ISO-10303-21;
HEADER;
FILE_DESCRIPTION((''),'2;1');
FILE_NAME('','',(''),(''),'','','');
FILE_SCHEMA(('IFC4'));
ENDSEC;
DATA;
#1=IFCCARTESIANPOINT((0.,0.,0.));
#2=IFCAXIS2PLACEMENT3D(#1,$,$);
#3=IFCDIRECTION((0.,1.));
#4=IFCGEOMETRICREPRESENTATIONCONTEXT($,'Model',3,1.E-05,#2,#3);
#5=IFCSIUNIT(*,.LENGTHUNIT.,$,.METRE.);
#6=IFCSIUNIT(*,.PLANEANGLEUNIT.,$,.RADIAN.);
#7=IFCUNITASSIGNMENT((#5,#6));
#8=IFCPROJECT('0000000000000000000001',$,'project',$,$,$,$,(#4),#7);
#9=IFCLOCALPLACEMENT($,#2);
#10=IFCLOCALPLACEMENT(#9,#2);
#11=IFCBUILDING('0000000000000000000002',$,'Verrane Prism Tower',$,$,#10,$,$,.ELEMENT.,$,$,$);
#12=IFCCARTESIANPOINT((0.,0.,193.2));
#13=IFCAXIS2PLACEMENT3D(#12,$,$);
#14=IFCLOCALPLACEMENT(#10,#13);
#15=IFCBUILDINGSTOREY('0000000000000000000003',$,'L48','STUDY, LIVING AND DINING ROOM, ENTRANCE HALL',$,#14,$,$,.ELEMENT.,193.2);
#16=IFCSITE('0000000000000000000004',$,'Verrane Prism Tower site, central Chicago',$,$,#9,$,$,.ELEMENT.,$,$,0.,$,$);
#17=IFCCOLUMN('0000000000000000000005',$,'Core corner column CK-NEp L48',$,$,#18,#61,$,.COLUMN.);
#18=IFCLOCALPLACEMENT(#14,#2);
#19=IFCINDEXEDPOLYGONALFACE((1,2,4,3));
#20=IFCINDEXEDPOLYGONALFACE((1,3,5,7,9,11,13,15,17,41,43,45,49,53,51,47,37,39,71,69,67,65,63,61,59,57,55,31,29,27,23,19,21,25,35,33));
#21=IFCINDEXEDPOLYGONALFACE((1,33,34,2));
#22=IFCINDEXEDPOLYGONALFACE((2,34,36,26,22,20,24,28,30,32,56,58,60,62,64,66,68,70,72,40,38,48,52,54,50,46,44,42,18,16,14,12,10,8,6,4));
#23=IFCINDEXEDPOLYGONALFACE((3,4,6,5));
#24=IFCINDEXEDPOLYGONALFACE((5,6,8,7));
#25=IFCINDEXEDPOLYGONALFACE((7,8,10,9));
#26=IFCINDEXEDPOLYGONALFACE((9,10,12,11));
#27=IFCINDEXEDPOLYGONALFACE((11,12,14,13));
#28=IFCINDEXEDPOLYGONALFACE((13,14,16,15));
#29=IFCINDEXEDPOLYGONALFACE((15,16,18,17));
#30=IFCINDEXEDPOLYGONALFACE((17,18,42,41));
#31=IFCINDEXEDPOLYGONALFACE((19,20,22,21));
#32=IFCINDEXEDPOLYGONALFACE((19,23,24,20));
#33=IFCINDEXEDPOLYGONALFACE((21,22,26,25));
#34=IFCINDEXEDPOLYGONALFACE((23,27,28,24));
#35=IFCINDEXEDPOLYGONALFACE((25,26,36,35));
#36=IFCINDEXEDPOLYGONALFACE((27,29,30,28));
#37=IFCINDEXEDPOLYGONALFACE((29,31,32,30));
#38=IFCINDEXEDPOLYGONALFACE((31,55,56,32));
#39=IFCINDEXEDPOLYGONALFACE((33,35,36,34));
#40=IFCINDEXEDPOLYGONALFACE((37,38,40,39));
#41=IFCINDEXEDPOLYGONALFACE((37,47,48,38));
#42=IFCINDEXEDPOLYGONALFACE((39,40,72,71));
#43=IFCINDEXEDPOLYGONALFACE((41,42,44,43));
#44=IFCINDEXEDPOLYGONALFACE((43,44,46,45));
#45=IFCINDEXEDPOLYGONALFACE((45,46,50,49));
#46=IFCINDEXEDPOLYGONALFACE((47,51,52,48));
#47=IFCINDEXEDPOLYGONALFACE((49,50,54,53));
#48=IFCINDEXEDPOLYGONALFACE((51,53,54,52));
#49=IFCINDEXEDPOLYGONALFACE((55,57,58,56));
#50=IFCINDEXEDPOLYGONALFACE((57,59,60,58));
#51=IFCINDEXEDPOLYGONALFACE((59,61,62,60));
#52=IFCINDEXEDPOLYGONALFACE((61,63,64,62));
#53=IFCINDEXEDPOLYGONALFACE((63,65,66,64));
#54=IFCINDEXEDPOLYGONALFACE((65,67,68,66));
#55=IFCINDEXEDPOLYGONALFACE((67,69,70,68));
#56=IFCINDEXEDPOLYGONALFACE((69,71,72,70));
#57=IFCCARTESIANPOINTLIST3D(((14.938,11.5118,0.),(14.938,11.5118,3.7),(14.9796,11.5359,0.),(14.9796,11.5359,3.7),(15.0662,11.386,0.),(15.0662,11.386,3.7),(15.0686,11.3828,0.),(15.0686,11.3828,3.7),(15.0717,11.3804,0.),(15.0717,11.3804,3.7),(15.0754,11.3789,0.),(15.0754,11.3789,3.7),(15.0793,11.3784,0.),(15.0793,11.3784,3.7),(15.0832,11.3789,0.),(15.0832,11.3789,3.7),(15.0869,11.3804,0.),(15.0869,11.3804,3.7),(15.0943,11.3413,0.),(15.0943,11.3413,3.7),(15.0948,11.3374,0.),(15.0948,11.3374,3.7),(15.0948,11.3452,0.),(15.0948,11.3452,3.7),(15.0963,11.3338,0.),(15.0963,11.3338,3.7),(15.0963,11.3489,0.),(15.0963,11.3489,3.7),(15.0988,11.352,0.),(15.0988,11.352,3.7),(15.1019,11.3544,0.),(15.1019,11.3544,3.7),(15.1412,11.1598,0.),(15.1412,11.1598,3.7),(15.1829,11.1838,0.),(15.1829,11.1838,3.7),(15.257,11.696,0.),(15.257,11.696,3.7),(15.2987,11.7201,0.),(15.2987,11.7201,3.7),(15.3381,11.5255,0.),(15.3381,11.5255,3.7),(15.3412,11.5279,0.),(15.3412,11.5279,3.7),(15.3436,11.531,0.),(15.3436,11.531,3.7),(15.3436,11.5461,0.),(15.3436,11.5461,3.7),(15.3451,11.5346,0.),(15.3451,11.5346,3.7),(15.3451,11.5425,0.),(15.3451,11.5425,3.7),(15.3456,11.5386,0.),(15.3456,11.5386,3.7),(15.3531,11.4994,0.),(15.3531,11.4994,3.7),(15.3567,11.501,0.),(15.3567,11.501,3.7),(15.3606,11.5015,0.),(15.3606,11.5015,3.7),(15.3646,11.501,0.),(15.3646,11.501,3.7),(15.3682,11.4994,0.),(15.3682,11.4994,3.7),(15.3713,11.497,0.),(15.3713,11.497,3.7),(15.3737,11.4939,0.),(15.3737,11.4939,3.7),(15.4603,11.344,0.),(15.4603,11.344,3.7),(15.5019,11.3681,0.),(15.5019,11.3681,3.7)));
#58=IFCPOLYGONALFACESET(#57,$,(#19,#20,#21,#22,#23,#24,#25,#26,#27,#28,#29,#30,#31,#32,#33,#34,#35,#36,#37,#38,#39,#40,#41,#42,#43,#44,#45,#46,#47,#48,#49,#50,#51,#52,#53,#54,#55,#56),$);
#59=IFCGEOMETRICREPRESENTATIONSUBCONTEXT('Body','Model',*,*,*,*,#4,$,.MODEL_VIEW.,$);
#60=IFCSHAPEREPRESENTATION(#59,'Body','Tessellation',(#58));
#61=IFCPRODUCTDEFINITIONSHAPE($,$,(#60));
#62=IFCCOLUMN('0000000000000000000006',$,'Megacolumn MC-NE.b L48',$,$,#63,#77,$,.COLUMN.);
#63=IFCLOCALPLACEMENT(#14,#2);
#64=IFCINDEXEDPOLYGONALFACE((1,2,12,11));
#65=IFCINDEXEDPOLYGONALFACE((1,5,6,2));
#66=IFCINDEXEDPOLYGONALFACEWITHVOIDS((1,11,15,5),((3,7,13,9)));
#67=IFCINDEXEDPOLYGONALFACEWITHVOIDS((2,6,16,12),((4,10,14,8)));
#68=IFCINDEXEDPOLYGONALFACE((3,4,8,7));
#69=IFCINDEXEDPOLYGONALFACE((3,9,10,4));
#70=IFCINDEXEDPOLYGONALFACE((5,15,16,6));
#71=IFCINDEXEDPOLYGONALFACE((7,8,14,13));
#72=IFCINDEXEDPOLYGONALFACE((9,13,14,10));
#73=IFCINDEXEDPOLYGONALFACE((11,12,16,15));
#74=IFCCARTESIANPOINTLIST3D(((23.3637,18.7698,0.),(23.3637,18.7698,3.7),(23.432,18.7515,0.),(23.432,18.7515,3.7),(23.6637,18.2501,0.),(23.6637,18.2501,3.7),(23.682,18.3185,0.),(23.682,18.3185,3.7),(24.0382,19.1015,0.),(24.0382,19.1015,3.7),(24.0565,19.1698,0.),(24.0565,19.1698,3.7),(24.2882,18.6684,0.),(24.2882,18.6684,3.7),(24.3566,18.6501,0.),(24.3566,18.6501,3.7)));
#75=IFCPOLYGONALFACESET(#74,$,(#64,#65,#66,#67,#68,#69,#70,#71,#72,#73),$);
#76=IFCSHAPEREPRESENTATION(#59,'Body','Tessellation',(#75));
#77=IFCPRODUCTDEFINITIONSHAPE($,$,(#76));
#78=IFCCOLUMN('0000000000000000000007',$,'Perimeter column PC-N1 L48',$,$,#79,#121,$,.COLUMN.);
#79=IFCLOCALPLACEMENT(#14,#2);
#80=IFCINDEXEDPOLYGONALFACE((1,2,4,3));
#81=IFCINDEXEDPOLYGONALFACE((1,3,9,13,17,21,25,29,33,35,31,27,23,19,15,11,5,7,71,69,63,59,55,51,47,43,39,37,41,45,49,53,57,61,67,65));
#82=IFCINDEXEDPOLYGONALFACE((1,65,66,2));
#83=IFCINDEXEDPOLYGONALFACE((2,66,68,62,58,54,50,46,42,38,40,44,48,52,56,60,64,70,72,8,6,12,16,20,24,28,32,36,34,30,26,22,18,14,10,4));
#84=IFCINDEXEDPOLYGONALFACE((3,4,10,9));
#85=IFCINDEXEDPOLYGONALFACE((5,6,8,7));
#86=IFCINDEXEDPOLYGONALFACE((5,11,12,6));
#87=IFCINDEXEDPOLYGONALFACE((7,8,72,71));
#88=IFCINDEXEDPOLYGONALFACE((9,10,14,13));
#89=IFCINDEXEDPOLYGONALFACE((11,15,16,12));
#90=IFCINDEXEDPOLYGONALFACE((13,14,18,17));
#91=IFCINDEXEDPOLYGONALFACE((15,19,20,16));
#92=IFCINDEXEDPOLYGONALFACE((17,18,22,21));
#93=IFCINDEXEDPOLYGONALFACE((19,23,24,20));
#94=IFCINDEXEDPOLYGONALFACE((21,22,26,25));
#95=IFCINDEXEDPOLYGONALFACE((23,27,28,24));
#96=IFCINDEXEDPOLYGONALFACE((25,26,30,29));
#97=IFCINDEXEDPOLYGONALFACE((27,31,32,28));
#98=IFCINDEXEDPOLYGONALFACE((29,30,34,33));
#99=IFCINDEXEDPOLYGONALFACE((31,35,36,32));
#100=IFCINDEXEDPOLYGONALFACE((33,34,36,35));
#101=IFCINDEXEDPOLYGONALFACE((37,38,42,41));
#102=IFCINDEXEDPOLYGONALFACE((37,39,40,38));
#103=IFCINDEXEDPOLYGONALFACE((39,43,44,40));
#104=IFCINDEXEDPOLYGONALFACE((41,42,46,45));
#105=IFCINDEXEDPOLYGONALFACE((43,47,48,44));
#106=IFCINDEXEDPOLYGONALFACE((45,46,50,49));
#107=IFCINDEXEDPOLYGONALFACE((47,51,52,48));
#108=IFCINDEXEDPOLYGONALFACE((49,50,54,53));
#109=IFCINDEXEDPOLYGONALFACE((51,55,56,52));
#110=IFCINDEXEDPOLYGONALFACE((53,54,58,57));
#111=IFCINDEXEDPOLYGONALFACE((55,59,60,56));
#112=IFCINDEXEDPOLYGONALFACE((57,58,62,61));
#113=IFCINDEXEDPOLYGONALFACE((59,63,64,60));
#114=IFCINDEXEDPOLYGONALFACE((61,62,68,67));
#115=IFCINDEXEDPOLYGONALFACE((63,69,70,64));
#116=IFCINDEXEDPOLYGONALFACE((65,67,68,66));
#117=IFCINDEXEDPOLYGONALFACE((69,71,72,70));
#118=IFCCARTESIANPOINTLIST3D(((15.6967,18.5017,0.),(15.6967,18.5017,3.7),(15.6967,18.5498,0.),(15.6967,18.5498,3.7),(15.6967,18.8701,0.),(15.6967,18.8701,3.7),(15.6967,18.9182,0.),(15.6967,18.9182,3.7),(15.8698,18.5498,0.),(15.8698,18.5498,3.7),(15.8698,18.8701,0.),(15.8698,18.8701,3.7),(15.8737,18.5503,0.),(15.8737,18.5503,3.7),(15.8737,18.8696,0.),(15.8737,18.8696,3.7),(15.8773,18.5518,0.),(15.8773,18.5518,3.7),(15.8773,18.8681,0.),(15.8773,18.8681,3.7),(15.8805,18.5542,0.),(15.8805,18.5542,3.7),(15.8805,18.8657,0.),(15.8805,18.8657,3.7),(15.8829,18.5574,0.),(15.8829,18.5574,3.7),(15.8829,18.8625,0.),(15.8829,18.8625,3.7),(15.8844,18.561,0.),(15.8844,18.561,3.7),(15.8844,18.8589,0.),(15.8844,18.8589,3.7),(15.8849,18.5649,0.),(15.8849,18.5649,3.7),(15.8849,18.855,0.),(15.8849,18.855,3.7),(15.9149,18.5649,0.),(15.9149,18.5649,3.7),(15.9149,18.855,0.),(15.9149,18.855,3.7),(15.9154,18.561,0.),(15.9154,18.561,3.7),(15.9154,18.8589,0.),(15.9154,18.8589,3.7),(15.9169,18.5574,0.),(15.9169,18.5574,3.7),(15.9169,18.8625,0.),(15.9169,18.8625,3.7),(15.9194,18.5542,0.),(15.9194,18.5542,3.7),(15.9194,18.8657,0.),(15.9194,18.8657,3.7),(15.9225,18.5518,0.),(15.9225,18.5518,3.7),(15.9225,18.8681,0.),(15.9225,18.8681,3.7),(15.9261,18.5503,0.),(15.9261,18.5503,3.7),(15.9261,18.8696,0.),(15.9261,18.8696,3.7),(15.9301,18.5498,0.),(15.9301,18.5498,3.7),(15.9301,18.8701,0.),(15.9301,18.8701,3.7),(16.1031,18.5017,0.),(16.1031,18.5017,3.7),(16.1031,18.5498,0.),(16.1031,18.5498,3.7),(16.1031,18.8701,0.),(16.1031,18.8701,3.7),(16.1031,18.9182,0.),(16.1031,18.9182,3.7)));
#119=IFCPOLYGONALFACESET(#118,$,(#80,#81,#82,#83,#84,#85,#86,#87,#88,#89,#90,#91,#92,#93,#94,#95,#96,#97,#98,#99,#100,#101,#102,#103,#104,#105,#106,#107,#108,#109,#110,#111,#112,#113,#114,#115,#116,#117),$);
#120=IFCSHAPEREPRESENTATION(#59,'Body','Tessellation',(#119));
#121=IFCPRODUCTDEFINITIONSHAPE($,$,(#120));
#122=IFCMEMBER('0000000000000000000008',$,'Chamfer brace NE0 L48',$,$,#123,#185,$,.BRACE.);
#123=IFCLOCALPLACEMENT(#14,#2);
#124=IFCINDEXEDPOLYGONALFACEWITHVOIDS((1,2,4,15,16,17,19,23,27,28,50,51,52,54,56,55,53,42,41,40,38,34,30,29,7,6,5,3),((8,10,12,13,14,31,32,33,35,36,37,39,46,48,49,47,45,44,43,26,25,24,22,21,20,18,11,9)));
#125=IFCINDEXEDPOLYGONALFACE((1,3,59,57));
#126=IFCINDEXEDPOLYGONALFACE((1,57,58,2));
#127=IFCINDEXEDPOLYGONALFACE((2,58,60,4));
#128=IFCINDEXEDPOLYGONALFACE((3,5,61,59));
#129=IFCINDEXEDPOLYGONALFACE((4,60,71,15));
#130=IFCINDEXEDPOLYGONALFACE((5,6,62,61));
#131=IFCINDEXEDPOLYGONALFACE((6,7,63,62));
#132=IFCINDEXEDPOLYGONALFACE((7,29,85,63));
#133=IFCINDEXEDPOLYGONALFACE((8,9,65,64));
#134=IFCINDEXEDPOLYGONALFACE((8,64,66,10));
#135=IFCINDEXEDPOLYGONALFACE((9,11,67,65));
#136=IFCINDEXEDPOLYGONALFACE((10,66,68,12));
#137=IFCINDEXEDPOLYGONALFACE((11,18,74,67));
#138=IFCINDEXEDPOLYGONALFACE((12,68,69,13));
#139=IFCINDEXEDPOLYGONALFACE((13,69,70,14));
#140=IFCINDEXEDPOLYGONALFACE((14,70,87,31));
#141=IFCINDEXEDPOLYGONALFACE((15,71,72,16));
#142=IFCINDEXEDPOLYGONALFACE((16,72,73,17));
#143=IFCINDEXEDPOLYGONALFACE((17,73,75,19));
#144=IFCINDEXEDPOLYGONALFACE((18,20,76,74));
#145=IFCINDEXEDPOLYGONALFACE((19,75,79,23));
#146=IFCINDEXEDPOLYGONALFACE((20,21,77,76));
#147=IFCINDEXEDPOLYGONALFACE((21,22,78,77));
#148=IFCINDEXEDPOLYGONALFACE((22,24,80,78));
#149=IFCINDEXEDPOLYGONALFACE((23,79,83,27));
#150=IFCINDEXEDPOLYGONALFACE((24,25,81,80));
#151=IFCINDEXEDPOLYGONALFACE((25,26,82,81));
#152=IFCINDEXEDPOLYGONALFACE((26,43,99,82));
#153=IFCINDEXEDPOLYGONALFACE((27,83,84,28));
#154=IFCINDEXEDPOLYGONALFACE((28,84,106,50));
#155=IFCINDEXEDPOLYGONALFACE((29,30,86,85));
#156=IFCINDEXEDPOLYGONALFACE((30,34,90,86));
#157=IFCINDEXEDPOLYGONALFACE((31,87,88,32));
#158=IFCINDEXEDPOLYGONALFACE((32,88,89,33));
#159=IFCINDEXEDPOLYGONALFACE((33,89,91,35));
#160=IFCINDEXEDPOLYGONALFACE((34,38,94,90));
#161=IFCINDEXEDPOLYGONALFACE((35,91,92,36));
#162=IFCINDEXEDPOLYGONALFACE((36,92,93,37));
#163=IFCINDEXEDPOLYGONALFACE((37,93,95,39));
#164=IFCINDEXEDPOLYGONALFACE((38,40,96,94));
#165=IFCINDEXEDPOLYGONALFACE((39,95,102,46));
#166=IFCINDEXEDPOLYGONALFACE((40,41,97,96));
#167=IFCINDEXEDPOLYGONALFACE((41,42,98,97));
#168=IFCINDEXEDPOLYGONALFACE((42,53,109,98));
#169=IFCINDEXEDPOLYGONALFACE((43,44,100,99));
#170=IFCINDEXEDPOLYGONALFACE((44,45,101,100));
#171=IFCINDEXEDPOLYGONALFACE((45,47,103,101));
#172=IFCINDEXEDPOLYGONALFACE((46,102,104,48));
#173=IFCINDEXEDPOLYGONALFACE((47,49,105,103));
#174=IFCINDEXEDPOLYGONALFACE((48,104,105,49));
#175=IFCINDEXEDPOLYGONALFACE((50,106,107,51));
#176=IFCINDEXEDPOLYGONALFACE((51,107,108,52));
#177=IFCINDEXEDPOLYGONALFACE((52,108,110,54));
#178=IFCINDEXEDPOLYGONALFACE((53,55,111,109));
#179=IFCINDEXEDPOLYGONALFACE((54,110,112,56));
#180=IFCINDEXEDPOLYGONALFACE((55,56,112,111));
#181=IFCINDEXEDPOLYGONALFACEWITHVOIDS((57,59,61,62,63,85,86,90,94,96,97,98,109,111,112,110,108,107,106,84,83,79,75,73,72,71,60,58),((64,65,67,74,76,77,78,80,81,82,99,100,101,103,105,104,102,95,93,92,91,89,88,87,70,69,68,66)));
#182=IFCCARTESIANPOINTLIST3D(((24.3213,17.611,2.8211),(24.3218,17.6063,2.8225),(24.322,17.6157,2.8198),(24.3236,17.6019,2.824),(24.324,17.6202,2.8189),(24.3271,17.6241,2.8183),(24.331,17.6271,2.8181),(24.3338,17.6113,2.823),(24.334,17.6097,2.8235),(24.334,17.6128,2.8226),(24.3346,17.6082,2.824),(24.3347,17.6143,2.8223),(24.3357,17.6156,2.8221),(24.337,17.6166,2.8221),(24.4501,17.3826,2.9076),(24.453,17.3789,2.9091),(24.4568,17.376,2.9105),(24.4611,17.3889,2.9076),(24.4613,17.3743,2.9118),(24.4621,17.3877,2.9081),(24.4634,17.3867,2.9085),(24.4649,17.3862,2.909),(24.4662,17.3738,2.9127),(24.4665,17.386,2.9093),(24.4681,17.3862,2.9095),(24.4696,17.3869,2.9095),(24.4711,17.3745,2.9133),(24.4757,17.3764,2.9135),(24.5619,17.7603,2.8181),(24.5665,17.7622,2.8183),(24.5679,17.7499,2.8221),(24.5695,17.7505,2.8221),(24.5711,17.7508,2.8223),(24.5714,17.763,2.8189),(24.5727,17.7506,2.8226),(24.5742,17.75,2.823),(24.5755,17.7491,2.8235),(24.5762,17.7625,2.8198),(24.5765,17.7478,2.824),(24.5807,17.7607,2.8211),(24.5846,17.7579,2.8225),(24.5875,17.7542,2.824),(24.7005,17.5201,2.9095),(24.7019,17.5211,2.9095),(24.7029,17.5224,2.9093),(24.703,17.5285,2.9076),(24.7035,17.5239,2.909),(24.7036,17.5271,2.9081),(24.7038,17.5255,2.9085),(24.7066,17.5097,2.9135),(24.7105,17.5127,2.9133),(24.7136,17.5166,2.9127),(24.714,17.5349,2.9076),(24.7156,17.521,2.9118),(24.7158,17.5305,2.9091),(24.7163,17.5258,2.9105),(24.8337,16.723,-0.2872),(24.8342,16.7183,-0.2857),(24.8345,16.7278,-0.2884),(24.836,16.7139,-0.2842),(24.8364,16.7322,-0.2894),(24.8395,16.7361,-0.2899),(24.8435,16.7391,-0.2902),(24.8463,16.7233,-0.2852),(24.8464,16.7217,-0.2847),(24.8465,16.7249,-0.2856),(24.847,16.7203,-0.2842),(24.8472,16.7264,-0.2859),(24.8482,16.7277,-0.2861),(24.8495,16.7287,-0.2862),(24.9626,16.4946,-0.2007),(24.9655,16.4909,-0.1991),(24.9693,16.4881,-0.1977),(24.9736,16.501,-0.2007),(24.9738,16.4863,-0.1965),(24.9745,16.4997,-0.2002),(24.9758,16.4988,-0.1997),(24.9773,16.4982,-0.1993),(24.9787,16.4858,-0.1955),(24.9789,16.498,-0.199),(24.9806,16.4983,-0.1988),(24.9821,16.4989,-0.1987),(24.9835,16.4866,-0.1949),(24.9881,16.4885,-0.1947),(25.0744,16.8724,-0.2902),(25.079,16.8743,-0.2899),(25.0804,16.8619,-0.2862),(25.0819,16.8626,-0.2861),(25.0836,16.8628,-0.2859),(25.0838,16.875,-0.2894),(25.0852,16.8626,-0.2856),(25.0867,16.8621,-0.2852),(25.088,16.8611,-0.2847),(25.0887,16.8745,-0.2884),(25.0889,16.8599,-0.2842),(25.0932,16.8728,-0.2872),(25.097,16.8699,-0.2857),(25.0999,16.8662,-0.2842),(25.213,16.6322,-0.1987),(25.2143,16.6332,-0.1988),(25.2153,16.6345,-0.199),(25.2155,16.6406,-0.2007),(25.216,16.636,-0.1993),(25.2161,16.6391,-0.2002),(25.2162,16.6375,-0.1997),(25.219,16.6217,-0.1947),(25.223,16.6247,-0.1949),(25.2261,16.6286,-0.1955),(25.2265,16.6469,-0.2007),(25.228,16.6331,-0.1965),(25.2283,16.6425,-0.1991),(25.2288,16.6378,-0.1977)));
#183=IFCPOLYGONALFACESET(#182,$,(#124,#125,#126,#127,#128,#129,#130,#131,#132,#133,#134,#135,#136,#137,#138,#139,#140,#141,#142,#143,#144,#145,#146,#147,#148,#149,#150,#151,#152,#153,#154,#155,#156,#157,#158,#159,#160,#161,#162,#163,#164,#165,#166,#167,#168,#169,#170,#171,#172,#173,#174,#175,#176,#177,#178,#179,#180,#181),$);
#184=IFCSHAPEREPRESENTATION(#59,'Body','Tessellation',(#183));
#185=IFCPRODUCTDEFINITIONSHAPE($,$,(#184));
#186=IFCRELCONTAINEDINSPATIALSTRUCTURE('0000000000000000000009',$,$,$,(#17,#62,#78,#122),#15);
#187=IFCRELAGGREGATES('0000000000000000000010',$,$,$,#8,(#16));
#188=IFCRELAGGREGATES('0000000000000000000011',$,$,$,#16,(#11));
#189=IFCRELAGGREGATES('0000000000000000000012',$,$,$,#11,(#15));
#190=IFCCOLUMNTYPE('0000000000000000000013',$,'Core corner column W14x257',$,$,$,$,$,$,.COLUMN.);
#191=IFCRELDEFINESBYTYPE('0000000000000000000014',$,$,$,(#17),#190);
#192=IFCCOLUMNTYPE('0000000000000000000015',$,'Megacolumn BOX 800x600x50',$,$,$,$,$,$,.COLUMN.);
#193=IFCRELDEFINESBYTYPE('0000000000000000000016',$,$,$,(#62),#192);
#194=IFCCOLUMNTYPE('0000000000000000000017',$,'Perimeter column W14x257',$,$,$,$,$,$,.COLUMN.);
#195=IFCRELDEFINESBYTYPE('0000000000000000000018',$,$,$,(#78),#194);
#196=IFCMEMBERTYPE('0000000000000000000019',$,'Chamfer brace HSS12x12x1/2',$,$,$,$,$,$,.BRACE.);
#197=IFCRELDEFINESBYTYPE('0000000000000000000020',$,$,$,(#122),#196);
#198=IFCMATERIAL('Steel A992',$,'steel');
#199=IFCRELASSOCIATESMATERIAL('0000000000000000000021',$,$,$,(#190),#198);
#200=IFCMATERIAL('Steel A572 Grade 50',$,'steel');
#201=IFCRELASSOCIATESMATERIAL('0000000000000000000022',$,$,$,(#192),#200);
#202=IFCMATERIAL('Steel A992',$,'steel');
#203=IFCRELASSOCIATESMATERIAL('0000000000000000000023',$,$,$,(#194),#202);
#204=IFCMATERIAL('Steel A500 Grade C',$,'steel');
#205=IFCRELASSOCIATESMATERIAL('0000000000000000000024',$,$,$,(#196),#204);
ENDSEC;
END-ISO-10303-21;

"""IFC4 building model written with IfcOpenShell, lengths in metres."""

from ifc_helpers import new_model, si_unit, direction, frame, origin, origin_2d, place, context, subcontext, project, spatial, hollow_rectangle, i_section, extrude, material, material_profile, profile_set, type_object, element, save


model = new_model("IFC4")

# Units and contexts
model_context = context("Model", 3, precision=1e-05, world=origin(), true_north=direction((0.0, 1.0)))
body_context = subcontext(model_context, "Body", "Model", "MODEL_VIEW")
ifc_project = project(units=[si_unit("LENGTHUNIT", "METRE"), si_unit("PLANEANGLEUNIT", "RADIAN")], contexts=[model_context])

# Site, building, storey
site_placement = place(None, origin())
site = spatial("IfcSite", under=ifc_project, at=site_placement, Name="Verrane Prism Tower site, central Chicago", CompositionType="ELEMENT", RefElevation=0.0)
building_placement = place(site_placement, origin())
building = spatial("IfcBuilding", under=site, at=building_placement, Name="Verrane Prism Tower", CompositionType="ELEMENT")
storey_placement = place(building_placement, frame((0.0, 0.0, 193.2)))
storey = spatial("IfcBuildingStorey", under=building, at=storey_placement, Name="L48", Description="STUDY, LIVING AND DINING ROOM, ENTRANCE HALL", CompositionType="ELEMENT", Elevation=193.2)

# Columns
ifc_material_1 = material(Name="Steel A992", Category="steel")
ifc_material_profile_1 = material_profile(ifc_material_1, i_section(OverallWidth=0.4065, OverallDepth=0.4165, WebThickness=0.03, FlangeThickness=0.0481, FilletRadius=0.0151, at=origin_2d()), Name="W14x257")
ifc_profile_set_1 = profile_set([ifc_material_profile_1], Name="Steel A992")
column_type_1 = type_object("IfcColumnType", Name="Core corner column W14x257", PredefinedType="COLUMN", material=ifc_profile_set_1)
column_1_placement = place(storey_placement, frame((15.22, 11.4399, 0.0), z_axis=(0.0, 0.0, 1.0), x_axis=(0.5, -0.866025, 0.0)))
element("IfcColumn", 1, at=column_1_placement, inside=storey, type_object=column_type_1, Name="Core corner column CK-NEp L48", PredefinedType="COLUMN", context=body_context, shape_type="SweptSolid", body=[
    extrude(i_section(OverallWidth=0.4065, OverallDepth=0.4165, WebThickness=0.03, FlangeThickness=0.0481, FilletRadius=0.0151, at=origin_2d()), origin(), (0.0, 0.0, 1.0), 3.7),
])
ifc_material_2 = material(Name="Steel A572 Grade 50", Category="steel")
ifc_material_profile_2 = material_profile(ifc_material_2, hollow_rectangle(XDim=0.6001, YDim=0.8, WallThickness=0.05, at=origin_2d()), Name="BOX 800x600x50")
ifc_profile_set_2 = profile_set([ifc_material_profile_2], Name="Steel A572 Grade 50")
column_type_2 = type_object("IfcColumnType", Name="Megacolumn BOX 800x600x50", PredefinedType="COLUMN", material=ifc_profile_set_2)
column_2_placement = place(storey_placement, frame((23.8601, 18.71, 0.0), z_axis=(0.0, 0.0, 1.0), x_axis=(0.5, -0.866025, 0.0)))
element("IfcColumn", 2, at=column_2_placement, inside=storey, type_object=column_type_2, Name="Megacolumn MC-NE.b L48", PredefinedType="COLUMN", context=body_context, shape_type="SweptSolid", body=[
    extrude(hollow_rectangle(XDim=0.6001, YDim=0.8, WallThickness=0.05, at=origin_2d()), origin(), (0.0, 0.0, 1.0), 3.7),
])
ifc_material_3 = material(Name="Steel A992", Category="steel")
ifc_material_profile_3 = material_profile(ifc_material_3, i_section(OverallWidth=0.4065, OverallDepth=0.4165, WebThickness=0.03, FlangeThickness=0.0481, FilletRadius=0.0151, at=origin_2d()), Name="W14x257")
ifc_profile_set_3 = profile_set([ifc_material_profile_3], Name="Steel A992")
column_type_3 = type_object("IfcColumnType", Name="Perimeter column W14x257", PredefinedType="COLUMN", material=ifc_profile_set_3)
column_3_placement = place(storey_placement, frame((15.8999, 18.71, 0.0), z_axis=(0.0, 0.0, 1.0), x_axis=(1.0, 0.0, 0.0)))
element("IfcColumn", 3, at=column_3_placement, inside=storey, type_object=column_type_3, Name="Perimeter column PC-N1 L48", PredefinedType="COLUMN", context=body_context, shape_type="SweptSolid", body=[
    extrude(i_section(OverallWidth=0.4065, OverallDepth=0.4165, WebThickness=0.03, FlangeThickness=0.0481, FilletRadius=0.0151, at=origin_2d()), origin(), (0.0, 0.0, 1.0), 3.7),
])

# Member
ifc_material_4 = material(Name="Steel A500 Grade C", Category="steel")
ifc_material_profile_4 = material_profile(ifc_material_4, hollow_rectangle(XDim=0.3047, YDim=0.3047, WallThickness=0.0127, InnerFilletRadius=0.0063, OuterFilletRadius=0.019, at=origin_2d()), Name="HSS12x12x1/2")
ifc_profile_set_4 = profile_set([ifc_material_profile_4], Name="Steel A500 Grade C")
member_type_1 = type_object("IfcMemberType", Name="Chamfer brace HSS12x12x1/2", PredefinedType="BRACE", material=ifc_profile_set_4)
member_1_placement = place(storey_placement, frame((25.0312, 16.6804, -0.2424), z_axis=(-0.156576, 0.271303, 0.949673), x_axis=(-0.86611, -0.499853, 0.0)))
element("IfcMember", 4, at=member_1_placement, inside=storey, type_object=member_type_1, Name="Chamfer brace NE0 L48", PredefinedType="BRACE", context=body_context, shape_type="SweptSolid", body=[
    extrude(hollow_rectangle(XDim=0.3047, YDim=0.3047, WallThickness=0.0127, InnerFilletRadius=0.0063, OuterFilletRadius=0.019, at=origin_2d()), origin(), (0.0, 0.0, 1.0), 3.2729),
])

save(model, "model.ifc")
